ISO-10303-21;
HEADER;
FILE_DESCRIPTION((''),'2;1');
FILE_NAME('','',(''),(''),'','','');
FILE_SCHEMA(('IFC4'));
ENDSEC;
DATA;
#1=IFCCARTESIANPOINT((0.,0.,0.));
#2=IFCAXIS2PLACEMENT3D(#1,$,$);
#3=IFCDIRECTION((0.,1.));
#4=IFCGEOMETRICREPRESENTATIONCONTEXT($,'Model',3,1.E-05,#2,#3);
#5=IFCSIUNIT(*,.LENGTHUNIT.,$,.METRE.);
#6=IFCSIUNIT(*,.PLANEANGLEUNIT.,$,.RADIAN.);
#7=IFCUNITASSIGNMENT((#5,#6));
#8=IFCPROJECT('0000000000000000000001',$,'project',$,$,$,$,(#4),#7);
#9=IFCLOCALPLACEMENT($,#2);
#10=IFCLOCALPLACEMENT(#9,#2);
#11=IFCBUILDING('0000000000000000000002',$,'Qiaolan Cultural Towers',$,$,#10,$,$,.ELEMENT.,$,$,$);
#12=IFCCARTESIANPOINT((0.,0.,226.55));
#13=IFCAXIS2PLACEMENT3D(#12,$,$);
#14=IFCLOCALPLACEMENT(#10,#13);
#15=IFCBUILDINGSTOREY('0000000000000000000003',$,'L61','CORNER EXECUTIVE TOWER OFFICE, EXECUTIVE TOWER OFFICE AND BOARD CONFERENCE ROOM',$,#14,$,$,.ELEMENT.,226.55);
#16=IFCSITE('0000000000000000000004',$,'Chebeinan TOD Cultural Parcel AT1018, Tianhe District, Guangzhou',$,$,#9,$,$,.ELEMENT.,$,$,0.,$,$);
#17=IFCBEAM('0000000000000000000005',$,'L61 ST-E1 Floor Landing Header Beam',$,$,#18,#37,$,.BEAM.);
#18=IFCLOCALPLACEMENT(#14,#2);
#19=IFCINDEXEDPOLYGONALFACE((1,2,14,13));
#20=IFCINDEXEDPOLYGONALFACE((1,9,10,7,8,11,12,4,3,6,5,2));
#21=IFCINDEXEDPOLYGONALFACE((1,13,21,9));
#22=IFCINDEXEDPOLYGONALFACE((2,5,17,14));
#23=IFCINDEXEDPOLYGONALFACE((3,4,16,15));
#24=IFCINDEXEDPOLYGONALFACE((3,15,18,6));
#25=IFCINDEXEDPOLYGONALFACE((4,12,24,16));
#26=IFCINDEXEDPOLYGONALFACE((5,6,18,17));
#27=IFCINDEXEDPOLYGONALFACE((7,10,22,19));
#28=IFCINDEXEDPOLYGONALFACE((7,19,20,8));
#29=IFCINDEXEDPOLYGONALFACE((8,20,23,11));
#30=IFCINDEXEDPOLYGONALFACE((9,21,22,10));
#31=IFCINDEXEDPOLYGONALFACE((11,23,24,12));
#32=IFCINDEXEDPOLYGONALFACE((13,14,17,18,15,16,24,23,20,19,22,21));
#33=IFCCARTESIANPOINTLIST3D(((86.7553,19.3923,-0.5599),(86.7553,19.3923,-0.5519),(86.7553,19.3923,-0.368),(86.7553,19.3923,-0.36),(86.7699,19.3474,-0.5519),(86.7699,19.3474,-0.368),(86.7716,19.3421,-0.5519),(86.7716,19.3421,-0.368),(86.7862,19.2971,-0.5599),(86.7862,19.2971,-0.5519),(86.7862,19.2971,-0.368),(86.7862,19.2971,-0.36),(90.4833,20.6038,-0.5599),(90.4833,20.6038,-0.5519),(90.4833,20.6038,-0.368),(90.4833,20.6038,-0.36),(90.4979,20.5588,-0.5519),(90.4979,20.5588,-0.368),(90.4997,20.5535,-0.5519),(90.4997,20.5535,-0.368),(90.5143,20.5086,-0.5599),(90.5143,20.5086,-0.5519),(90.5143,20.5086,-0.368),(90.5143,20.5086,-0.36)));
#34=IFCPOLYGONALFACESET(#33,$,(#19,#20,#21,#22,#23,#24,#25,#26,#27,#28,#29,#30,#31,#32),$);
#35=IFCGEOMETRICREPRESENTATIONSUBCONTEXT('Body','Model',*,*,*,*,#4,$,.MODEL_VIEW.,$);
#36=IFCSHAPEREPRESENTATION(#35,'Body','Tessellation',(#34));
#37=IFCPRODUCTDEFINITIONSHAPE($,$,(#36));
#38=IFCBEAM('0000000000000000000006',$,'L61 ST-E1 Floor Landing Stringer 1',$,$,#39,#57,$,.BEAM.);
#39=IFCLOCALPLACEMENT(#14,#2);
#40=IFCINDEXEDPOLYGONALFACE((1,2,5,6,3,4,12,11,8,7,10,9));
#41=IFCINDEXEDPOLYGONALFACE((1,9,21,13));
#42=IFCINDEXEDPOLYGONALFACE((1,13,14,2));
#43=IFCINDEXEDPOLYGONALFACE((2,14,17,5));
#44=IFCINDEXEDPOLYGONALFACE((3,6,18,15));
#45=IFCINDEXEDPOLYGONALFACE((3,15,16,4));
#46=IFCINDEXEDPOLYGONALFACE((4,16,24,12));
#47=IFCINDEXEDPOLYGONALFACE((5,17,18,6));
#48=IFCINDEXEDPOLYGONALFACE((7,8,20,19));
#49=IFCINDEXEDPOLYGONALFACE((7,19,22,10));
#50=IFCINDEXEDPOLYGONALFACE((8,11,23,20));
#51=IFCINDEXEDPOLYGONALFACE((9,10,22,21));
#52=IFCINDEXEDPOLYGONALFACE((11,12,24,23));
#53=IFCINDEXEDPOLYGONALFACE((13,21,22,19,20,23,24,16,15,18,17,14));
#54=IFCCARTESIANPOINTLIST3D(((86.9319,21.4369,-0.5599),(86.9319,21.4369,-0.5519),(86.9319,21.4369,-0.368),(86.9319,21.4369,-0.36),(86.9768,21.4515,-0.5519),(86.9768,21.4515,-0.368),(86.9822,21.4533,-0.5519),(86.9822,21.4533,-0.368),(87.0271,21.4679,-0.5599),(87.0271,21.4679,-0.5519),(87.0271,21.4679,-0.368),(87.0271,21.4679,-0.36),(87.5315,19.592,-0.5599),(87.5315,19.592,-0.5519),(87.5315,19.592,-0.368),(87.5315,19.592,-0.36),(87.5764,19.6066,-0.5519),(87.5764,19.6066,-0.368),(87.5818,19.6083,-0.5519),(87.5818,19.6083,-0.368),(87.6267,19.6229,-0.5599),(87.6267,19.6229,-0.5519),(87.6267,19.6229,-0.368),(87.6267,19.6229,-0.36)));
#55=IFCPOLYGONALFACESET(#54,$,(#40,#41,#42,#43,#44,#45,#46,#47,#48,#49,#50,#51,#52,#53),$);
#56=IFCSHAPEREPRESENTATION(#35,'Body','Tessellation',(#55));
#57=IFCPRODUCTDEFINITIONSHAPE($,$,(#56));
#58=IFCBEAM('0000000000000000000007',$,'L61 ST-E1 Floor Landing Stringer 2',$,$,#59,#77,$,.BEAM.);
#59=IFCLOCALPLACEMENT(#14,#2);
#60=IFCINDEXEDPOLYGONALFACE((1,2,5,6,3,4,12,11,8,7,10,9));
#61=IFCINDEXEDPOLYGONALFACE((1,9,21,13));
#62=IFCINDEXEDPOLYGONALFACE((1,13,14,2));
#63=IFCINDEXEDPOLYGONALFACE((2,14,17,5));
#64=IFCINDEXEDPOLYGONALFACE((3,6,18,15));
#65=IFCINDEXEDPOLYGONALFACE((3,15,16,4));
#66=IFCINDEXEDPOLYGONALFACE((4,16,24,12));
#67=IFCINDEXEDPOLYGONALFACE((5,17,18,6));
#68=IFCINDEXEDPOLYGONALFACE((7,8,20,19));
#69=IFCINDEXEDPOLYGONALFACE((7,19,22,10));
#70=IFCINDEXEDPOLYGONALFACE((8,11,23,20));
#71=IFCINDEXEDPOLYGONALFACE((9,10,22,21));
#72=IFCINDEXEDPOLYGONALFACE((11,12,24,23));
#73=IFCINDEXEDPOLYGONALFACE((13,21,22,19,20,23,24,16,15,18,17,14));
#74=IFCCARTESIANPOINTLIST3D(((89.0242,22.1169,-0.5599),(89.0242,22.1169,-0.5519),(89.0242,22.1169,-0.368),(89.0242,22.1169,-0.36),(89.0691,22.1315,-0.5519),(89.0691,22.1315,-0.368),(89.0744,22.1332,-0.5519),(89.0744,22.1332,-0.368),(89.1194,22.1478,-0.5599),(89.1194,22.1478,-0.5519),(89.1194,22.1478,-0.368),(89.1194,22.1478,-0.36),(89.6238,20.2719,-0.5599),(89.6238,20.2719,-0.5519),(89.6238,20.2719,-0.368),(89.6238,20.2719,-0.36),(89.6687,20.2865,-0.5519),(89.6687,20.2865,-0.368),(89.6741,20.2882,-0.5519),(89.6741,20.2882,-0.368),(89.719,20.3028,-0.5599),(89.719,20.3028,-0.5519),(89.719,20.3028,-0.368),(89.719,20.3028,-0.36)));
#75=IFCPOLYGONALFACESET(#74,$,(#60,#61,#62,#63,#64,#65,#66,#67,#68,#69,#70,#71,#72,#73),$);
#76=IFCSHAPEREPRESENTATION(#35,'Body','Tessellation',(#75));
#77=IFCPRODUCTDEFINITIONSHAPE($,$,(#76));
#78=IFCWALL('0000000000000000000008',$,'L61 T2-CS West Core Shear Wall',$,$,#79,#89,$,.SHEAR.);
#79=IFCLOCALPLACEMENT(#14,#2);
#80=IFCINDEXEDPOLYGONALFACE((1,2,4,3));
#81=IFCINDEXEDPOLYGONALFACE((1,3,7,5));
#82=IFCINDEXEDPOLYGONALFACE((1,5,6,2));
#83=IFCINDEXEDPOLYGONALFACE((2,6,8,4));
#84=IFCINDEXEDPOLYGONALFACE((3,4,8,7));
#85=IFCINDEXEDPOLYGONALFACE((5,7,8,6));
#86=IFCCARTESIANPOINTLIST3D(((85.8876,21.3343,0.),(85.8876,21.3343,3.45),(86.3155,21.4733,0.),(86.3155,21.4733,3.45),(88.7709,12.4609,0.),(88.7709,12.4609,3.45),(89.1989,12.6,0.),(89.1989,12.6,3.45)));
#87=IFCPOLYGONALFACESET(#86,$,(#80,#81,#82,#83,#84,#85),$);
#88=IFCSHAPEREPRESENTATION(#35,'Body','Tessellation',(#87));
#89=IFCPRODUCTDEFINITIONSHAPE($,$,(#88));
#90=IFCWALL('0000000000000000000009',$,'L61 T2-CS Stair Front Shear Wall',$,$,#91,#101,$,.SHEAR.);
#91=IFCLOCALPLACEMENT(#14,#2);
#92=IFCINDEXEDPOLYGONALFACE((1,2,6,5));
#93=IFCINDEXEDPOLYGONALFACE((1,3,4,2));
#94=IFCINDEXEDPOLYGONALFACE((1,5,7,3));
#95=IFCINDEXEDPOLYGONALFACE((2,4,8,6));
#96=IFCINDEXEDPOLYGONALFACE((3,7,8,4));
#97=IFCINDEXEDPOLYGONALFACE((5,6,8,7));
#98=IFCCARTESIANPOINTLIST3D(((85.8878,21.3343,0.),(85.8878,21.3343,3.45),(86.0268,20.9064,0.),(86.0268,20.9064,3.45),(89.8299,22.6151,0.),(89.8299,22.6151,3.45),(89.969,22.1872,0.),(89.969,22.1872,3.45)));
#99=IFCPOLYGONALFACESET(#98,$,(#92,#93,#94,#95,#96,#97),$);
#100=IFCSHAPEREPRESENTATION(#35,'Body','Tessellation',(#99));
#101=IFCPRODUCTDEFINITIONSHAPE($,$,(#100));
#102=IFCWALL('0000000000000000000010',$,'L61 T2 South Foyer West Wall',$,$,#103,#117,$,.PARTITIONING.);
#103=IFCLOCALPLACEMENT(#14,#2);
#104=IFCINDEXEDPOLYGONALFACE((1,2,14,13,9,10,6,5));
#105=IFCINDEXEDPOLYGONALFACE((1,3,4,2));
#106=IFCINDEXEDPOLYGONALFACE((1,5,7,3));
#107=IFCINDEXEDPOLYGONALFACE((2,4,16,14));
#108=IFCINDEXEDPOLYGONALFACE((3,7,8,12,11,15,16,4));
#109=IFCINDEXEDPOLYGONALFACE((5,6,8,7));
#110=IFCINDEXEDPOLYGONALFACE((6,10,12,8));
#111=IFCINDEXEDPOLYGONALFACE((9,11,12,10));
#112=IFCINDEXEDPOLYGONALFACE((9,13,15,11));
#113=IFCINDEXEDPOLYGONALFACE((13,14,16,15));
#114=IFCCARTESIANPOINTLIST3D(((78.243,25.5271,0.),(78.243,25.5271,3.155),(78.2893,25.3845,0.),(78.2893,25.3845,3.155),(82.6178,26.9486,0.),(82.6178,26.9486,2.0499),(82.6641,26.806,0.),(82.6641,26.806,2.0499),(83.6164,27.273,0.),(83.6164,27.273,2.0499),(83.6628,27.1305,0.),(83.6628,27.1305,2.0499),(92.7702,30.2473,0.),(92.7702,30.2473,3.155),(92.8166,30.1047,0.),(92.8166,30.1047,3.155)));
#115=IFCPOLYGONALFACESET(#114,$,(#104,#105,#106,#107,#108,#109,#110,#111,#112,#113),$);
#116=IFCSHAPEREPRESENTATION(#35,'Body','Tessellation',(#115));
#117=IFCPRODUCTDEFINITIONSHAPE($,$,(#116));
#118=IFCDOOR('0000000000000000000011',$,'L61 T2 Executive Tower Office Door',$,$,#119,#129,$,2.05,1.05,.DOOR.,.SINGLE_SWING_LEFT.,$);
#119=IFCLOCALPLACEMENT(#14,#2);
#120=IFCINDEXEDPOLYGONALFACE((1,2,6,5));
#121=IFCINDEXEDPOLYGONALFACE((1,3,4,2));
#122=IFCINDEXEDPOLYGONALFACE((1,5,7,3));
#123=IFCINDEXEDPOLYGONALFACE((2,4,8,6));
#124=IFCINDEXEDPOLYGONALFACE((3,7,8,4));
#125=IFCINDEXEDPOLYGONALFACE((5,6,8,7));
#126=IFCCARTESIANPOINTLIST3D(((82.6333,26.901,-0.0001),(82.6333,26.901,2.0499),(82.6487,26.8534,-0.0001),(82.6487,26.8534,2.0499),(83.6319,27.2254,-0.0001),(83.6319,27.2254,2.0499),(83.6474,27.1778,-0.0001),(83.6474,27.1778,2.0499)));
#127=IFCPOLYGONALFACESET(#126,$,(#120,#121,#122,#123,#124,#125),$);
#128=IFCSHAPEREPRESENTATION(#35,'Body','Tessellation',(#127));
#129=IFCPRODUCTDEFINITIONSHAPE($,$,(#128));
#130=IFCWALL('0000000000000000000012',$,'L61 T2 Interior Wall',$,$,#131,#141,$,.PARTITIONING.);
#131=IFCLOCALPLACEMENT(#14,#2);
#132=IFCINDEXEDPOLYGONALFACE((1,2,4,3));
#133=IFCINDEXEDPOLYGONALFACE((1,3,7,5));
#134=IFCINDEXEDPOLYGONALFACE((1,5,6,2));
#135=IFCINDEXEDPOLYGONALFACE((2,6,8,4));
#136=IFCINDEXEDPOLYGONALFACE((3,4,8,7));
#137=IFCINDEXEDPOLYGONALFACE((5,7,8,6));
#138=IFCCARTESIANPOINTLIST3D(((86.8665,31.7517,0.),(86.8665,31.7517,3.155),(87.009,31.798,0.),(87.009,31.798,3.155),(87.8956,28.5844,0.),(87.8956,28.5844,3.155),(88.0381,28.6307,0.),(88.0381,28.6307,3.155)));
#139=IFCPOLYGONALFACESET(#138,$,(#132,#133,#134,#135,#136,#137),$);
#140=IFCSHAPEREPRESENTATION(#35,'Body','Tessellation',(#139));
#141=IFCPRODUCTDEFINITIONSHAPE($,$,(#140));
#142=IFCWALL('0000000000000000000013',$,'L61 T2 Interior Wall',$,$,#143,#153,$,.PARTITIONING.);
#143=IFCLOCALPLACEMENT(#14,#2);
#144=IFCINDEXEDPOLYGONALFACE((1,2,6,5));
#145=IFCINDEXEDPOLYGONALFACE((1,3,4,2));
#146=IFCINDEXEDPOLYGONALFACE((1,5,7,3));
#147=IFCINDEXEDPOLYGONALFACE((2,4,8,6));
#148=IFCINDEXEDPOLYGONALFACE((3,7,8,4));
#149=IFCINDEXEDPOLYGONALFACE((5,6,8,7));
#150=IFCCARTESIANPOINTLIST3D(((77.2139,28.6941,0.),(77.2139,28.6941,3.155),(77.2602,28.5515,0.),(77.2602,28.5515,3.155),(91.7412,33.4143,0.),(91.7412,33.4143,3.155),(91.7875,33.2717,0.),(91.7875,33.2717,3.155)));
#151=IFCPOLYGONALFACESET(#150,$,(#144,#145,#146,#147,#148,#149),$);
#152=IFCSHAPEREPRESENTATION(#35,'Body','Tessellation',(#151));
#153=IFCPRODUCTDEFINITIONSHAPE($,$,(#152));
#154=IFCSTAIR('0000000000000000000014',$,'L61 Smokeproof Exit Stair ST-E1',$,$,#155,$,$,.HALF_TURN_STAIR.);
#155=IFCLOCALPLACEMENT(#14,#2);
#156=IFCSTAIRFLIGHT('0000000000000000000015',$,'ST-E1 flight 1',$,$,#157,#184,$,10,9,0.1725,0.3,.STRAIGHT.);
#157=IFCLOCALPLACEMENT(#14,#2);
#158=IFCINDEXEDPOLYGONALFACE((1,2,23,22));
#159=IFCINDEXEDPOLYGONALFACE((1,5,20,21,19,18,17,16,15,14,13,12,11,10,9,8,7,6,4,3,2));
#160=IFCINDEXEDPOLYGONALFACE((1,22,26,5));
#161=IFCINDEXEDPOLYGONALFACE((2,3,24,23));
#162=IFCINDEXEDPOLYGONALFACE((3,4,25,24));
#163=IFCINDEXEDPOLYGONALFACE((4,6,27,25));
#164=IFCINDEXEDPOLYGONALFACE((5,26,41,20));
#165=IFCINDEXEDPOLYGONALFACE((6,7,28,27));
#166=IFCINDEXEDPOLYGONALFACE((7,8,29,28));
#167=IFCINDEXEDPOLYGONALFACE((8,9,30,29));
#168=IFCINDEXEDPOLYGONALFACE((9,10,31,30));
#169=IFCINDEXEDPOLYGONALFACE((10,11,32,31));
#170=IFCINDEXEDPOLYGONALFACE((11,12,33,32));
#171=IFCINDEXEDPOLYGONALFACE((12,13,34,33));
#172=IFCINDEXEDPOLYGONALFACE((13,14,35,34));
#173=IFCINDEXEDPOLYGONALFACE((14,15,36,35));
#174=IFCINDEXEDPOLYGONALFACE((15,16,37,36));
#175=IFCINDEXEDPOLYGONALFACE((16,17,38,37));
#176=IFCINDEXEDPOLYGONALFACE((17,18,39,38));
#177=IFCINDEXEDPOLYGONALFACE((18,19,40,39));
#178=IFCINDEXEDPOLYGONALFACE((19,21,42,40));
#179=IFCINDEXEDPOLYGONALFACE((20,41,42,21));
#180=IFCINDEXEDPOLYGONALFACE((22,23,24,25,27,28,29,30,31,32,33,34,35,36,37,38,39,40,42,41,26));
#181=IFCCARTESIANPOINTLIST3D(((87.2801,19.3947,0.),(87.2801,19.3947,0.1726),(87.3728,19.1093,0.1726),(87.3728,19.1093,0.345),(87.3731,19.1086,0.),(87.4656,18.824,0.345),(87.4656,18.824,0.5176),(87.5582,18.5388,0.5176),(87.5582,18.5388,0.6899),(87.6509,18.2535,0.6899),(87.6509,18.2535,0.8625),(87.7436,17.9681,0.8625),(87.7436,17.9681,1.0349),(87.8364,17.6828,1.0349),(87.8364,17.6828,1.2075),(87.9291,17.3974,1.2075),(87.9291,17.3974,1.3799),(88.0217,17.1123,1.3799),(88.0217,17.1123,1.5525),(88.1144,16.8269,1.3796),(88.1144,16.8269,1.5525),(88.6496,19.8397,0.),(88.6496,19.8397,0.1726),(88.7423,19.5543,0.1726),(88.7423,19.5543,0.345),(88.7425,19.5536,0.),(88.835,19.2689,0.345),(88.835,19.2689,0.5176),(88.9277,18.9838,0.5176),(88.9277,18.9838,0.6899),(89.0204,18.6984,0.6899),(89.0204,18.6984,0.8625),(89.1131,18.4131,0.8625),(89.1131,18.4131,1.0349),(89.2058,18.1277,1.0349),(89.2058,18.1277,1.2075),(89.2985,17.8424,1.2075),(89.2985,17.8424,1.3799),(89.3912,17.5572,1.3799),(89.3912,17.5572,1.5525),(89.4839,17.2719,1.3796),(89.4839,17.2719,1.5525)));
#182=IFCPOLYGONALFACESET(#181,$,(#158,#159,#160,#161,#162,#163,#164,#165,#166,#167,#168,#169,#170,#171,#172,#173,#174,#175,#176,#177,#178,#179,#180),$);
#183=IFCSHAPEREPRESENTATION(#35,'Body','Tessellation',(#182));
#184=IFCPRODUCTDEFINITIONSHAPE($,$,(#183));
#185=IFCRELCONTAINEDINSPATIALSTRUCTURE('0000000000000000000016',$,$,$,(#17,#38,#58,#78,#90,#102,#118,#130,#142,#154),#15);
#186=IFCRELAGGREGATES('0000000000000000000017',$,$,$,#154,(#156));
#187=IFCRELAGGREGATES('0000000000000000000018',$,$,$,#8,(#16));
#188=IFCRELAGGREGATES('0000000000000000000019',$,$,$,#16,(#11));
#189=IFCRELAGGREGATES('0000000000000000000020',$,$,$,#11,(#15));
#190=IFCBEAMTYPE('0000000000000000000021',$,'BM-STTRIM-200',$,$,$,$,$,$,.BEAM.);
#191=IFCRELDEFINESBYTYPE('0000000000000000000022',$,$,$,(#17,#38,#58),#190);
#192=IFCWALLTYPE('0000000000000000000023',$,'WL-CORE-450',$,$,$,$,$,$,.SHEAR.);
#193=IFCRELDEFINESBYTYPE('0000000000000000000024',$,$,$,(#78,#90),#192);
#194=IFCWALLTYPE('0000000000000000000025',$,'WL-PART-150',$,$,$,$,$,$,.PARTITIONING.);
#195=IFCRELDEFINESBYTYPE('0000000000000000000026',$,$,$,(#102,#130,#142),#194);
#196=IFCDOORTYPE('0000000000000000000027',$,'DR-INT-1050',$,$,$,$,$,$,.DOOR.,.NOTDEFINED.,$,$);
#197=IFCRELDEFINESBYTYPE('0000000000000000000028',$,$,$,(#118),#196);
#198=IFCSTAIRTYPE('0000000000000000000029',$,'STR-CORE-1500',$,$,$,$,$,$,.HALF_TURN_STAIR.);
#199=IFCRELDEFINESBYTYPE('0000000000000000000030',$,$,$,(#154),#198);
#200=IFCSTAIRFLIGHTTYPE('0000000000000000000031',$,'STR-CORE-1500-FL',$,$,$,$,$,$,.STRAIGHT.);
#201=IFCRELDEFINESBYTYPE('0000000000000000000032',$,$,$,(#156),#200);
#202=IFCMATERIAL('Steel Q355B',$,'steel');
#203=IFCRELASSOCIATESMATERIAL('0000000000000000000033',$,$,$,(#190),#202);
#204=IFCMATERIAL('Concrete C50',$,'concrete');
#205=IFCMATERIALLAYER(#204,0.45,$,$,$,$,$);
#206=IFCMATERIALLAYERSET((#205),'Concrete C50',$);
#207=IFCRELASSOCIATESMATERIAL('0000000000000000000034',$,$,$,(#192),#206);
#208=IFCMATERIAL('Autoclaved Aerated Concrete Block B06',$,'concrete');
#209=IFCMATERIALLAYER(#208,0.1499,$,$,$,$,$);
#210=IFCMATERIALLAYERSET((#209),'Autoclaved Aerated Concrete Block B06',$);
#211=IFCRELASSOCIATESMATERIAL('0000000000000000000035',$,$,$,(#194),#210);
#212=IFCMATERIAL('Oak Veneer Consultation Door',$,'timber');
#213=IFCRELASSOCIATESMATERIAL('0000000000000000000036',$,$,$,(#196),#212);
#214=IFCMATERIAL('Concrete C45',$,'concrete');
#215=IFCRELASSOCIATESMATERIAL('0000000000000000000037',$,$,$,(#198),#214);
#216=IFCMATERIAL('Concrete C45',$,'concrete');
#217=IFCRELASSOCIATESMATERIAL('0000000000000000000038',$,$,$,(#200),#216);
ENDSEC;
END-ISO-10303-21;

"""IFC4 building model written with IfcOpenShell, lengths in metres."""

from ifc_helpers import new_model, si_unit, direction, frame, frame_2d, origin, origin_2d, place, context, subcontext, project, spatial, polyline, rectangle, i_section, outline, extrude, material, layer, layer_set, material_profile, profile_set, type_object, element, fill, aggregate, save


model = new_model("IFC4")

# Units and contexts
model_context = context("Model", 3, precision=1e-05, world=origin(), true_north=direction((0.0, 1.0)))
body_context = subcontext(model_context, "Body", "Model", "MODEL_VIEW")
ifc_project = project(units=[si_unit("LENGTHUNIT", "METRE"), si_unit("PLANEANGLEUNIT", "RADIAN")], contexts=[model_context])

# Site, building, storey
site_placement = place(None, origin())
site = spatial("IfcSite", under=ifc_project, at=site_placement, Name="Chebeinan TOD Cultural Parcel AT1018, Tianhe District, Guangzhou", CompositionType="ELEMENT", RefElevation=0.0)
building_placement = place(site_placement, origin())
building = spatial("IfcBuilding", under=site, at=building_placement, Name="Qiaolan Cultural Towers", CompositionType="ELEMENT")
storey_placement = place(building_placement, frame((0.0, 0.0, 226.55)))
storey = spatial("IfcBuildingStorey", under=building, at=storey_placement, Name="L61", Description="CORNER EXECUTIVE TOWER OFFICE, EXECUTIVE TOWER OFFICE AND BOARD CONFERENCE ROOM", CompositionType="ELEMENT", Elevation=226.55)

# Beams
ifc_material_1 = material(Name="Steel Q355B", Category="steel")
ifc_material_profile_1 = material_profile(ifc_material_1, i_section(OverallWidth=0.1001, OverallDepth=0.2, WebThickness=0.0056, FlangeThickness=0.0081, at=origin_2d()), Name="HN200x100x5.5x8")
ifc_profile_set_1 = profile_set([ifc_material_profile_1], Name="Steel Q355B")
beam_type_1 = type_object("IfcBeamType", Name="BM-STTRIM-200", PredefinedType="BEAM", material=ifc_profile_set_1)
beam_1_placement = place(storey_placement, frame((86.7708, 19.3447, -0.46), z_axis=(0.951048, 0.309044, 0.0), x_axis=(-0.309044, 0.951048, 0.0)))
element("IfcBeam", 1, at=beam_1_placement, inside=storey, type_object=beam_type_1, Name="L61 ST-E1 Floor Landing Header Beam", PredefinedType="BEAM", context=body_context, shape_type="SweptSolid", body=[
    extrude(i_section(OverallWidth=0.1001, OverallDepth=0.2, WebThickness=0.0056, FlangeThickness=0.0081, at=origin_2d()), origin(), (0.0, 0.0, 1.0), 3.9199),
])
for number, where, z_axis, x_axis, name in (
    (2, (86.9795, 21.4524, -0.46), (0.309083, -0.951035, 0.0), (0.951035, 0.309083, 0.0), "L61 ST-E1 Floor Landing Stringer 1"),
    (3, (89.0718, 22.1323, -0.46), (0.309083, -0.951035, 0.0), (0.951035, 0.309083, 0.0), "L61 ST-E1 Floor Landing Stringer 2"),
):
    element("IfcBeam", number, at=place(storey_placement, frame(where, z_axis=z_axis, x_axis=x_axis)), inside=storey, type_object=beam_type_1, Name=name, PredefinedType="BEAM", context=body_context, shape_type="SweptSolid", body=[
        extrude(i_section(OverallWidth=0.1001, OverallDepth=0.2, WebThickness=0.0056, FlangeThickness=0.0081, at=origin_2d()), origin(), (0.0, 0.0, 1.0), 1.9399),
    ])

# Walls
ifc_material_2 = material(Name="Concrete C50", Category="concrete")
ifc_layer_1 = layer(ifc_material_2, 0.45)
ifc_layer_set_1 = layer_set([ifc_layer_1], Name="Concrete C50")
wall_type_1 = type_object("IfcWallType", Name="WL-CORE-450", PredefinedType="SHEAR", material=ifc_layer_set_1)
wall_1_placement = place(storey_placement, frame((86.1016, 21.4038, 0.0), z_axis=(0.0, 0.0, 1.0), x_axis=(0.309036, -0.95105, 0.0)))
element("IfcWall", 4, at=wall_1_placement, inside=storey, type_object=wall_type_1, Name="L61 T2-CS West Core Shear Wall", PredefinedType="SHEAR", context=body_context, shape_type="SweptSolid", body=[
    extrude(rectangle(XDim=9.3301, YDim=0.45, at=frame_2d((4.665, 0.0))), origin(), (0.0, 0.0, 1.0), 3.45),
])
wall_2_placement = place(storey_placement, frame((85.9573, 21.1204, 0.0), z_axis=(0.0, 0.0, 1.0), x_axis=(0.951065, 0.308992, 0.0)))
element("IfcWall", 5, at=wall_2_placement, inside=storey, type_object=wall_type_1, Name="L61 T2-CS Stair Front Shear Wall", PredefinedType="SHEAR", context=body_context, shape_type="SweptSolid", body=[
    extrude(rectangle(XDim=4.145, YDim=0.45, at=frame_2d((2.0725, 0.0))), origin(), (0.0, 0.0, 1.0), 3.45),
])

# Wall, opening, door
ifc_material_3 = material(Name="Autoclaved Aerated Concrete Block B06", Category="concrete")
ifc_layer_2 = layer(ifc_material_3, 0.1499)
ifc_layer_set_2 = layer_set([ifc_layer_2], Name="Autoclaved Aerated Concrete Block B06")
wall_type_2 = type_object("IfcWallType", Name="WL-PART-150", PredefinedType="PARTITIONING", material=ifc_layer_set_2)
wall_3_placement = place(storey_placement, frame((78.2661, 25.4558, 0.0), z_axis=(0.0, 0.0, 1.0), x_axis=(0.951057, 0.309017, 0.0)))
wall_3 = element("IfcWall", 6, at=wall_3_placement, inside=storey, type_object=wall_type_2, Name="L61 T2 South Foyer West Wall", PredefinedType="PARTITIONING", context=body_context, shape_type="SweptSolid", body=[
    extrude(rectangle(XDim=15.2749, YDim=0.1499, at=frame_2d((7.6375, 0.0))), origin(), (0.0, 0.0, 1.0), 3.155),
])
opening_placement = place(wall_3_placement, frame((4.6001, 0.0, 0.0)))
opening = element("IfcOpeningElement", 7, at=opening_placement, cuts=wall_3, PredefinedType="OPENING", context=body_context, shape_type="SweptSolid", body=[
    extrude(rectangle(XDim=1.05, YDim=2.05, at=frame_2d((0.5249, 1.0249))), frame((0.0, 0.085, 0.0), z_axis=(0.0, -1.0, 0.0), x_axis=(1.0, 0.0, 0.0)), (0.0, 0.0, 1.0), 0.1699),
])
ifc_material_4 = material(Name="Oak Veneer Consultation Door", Category="timber")
door_type = type_object("IfcDoorType", Name="DR-INT-1050", OperationType="NOTDEFINED", PredefinedType="DOOR", material=ifc_material_4)
door_placement = place(opening_placement, origin())
door = element("IfcDoor", 8, at=door_placement, inside=storey, type_object=door_type, Name="L61 T2 Executive Tower Office Door", OperationType="SINGLE_SWING_LEFT", OverallHeight=2.05, OverallWidth=1.05, PredefinedType="DOOR", context=body_context, shape_type="SweptSolid", body=[
    extrude(rectangle(XDim=1.05, YDim=2.05, at=frame_2d((0.5249, 1.0249))), frame((0.0, 0.0249, 0.0), z_axis=(0.0, -1.0, 0.0), x_axis=(1.0, 0.0, 0.0)), (0.0, 0.0, 1.0), 0.05),
])
fill(opening, door)

# Walls
wall_4_placement = place(storey_placement, frame((87.9668, 28.6077, 0.0), z_axis=(0.0, 0.0, 1.0), x_axis=(-0.309005, 0.95106, 0.0)))
element("IfcWall", 9, at=wall_4_placement, inside=storey, type_object=wall_type_2, Name="L61 T2 Interior Wall", PredefinedType="PARTITIONING", context=body_context, shape_type="SweptSolid", body=[
    extrude(rectangle(XDim=3.3303, YDim=0.1499, at=frame_2d((1.665, 0.0))), origin(), (0.0, 0.0, 1.0), 3.155),
])
wall_5_placement = place(storey_placement, frame((77.2371, 28.6228, 0.0), z_axis=(0.0, 0.0, 1.0), x_axis=(0.951057, 0.309017, 0.0)))
element("IfcWall", 10, at=wall_5_placement, inside=storey, type_object=wall_type_2, Name="L61 T2 Interior Wall", PredefinedType="PARTITIONING", context=body_context, shape_type="SweptSolid", body=[
    extrude(rectangle(XDim=15.2749, YDim=0.1499, at=frame_2d((7.6375, 0.0))), origin(), (0.0, 0.0, 1.0), 3.155),
])

# Stair, stair flight
ifc_material_5 = material(Name="Concrete C45", Category="concrete")
stair_type = type_object("IfcStairType", Name="STR-CORE-1500", PredefinedType="HALF_TURN_STAIR", material=ifc_material_5)
stair_placement = place(storey_placement, origin())
stair = element("IfcStair", 11, at=stair_placement, inside=storey, type_object=stair_type, Name="L61 Smokeproof Exit Stair ST-E1", PredefinedType="HALF_TURN_STAIR")
ifc_material_6 = material(Name="Concrete C45", Category="concrete")
stair_flight_type = type_object("IfcStairFlightType", Name="STR-CORE-1500-FL", PredefinedType="STRAIGHT", material=ifc_material_6)
stair_flight_placement = place(storey_placement, frame((87.9648, 19.6172, 0.0), z_axis=(0.0, 0.0, 1.0), x_axis=(0.309017, -0.951057, 0.0)))
stair_flight = element("IfcStairFlight", 12, at=stair_flight_placement, type_object=stair_flight_type, Name="ST-E1 flight 1", NumberOfRisers=10, NumberOfTreads=9, PredefinedType="STRAIGHT", RiserHeight=0.1725, TreadLength=0.3, context=body_context, shape_type="SweptSolid", body=[
    extrude(outline(polyline([(0.0, 0.0), (0.0, 0.1726), (0.3, 0.1726), (0.3, 0.345), (0.6001, 0.345), (0.6001, 0.5176), (0.8999, 0.5176), (0.8999, 0.6899), (1.2, 0.6899), (1.2, 0.8625), (1.5, 0.8625), (1.5, 1.0349), (1.8, 1.0349), (1.8, 1.2075), (2.1001, 1.2075), (2.1001, 1.3799), (2.3999, 1.3799), (2.3999, 1.5525), (2.7, 1.5525), (2.7, 1.7251), (2.7, 1.3796), (0.3008, 0.0), (0.0, 0.0)])), frame((0.0, 0.72, 0.0), z_axis=(0.0, -1.0, 0.0), x_axis=(1.0, 0.0, 0.0)), (0.0, 0.0, 1.0), 1.4399),
])
aggregate(stair, [stair_flight])

save(model, "model.ifc")
